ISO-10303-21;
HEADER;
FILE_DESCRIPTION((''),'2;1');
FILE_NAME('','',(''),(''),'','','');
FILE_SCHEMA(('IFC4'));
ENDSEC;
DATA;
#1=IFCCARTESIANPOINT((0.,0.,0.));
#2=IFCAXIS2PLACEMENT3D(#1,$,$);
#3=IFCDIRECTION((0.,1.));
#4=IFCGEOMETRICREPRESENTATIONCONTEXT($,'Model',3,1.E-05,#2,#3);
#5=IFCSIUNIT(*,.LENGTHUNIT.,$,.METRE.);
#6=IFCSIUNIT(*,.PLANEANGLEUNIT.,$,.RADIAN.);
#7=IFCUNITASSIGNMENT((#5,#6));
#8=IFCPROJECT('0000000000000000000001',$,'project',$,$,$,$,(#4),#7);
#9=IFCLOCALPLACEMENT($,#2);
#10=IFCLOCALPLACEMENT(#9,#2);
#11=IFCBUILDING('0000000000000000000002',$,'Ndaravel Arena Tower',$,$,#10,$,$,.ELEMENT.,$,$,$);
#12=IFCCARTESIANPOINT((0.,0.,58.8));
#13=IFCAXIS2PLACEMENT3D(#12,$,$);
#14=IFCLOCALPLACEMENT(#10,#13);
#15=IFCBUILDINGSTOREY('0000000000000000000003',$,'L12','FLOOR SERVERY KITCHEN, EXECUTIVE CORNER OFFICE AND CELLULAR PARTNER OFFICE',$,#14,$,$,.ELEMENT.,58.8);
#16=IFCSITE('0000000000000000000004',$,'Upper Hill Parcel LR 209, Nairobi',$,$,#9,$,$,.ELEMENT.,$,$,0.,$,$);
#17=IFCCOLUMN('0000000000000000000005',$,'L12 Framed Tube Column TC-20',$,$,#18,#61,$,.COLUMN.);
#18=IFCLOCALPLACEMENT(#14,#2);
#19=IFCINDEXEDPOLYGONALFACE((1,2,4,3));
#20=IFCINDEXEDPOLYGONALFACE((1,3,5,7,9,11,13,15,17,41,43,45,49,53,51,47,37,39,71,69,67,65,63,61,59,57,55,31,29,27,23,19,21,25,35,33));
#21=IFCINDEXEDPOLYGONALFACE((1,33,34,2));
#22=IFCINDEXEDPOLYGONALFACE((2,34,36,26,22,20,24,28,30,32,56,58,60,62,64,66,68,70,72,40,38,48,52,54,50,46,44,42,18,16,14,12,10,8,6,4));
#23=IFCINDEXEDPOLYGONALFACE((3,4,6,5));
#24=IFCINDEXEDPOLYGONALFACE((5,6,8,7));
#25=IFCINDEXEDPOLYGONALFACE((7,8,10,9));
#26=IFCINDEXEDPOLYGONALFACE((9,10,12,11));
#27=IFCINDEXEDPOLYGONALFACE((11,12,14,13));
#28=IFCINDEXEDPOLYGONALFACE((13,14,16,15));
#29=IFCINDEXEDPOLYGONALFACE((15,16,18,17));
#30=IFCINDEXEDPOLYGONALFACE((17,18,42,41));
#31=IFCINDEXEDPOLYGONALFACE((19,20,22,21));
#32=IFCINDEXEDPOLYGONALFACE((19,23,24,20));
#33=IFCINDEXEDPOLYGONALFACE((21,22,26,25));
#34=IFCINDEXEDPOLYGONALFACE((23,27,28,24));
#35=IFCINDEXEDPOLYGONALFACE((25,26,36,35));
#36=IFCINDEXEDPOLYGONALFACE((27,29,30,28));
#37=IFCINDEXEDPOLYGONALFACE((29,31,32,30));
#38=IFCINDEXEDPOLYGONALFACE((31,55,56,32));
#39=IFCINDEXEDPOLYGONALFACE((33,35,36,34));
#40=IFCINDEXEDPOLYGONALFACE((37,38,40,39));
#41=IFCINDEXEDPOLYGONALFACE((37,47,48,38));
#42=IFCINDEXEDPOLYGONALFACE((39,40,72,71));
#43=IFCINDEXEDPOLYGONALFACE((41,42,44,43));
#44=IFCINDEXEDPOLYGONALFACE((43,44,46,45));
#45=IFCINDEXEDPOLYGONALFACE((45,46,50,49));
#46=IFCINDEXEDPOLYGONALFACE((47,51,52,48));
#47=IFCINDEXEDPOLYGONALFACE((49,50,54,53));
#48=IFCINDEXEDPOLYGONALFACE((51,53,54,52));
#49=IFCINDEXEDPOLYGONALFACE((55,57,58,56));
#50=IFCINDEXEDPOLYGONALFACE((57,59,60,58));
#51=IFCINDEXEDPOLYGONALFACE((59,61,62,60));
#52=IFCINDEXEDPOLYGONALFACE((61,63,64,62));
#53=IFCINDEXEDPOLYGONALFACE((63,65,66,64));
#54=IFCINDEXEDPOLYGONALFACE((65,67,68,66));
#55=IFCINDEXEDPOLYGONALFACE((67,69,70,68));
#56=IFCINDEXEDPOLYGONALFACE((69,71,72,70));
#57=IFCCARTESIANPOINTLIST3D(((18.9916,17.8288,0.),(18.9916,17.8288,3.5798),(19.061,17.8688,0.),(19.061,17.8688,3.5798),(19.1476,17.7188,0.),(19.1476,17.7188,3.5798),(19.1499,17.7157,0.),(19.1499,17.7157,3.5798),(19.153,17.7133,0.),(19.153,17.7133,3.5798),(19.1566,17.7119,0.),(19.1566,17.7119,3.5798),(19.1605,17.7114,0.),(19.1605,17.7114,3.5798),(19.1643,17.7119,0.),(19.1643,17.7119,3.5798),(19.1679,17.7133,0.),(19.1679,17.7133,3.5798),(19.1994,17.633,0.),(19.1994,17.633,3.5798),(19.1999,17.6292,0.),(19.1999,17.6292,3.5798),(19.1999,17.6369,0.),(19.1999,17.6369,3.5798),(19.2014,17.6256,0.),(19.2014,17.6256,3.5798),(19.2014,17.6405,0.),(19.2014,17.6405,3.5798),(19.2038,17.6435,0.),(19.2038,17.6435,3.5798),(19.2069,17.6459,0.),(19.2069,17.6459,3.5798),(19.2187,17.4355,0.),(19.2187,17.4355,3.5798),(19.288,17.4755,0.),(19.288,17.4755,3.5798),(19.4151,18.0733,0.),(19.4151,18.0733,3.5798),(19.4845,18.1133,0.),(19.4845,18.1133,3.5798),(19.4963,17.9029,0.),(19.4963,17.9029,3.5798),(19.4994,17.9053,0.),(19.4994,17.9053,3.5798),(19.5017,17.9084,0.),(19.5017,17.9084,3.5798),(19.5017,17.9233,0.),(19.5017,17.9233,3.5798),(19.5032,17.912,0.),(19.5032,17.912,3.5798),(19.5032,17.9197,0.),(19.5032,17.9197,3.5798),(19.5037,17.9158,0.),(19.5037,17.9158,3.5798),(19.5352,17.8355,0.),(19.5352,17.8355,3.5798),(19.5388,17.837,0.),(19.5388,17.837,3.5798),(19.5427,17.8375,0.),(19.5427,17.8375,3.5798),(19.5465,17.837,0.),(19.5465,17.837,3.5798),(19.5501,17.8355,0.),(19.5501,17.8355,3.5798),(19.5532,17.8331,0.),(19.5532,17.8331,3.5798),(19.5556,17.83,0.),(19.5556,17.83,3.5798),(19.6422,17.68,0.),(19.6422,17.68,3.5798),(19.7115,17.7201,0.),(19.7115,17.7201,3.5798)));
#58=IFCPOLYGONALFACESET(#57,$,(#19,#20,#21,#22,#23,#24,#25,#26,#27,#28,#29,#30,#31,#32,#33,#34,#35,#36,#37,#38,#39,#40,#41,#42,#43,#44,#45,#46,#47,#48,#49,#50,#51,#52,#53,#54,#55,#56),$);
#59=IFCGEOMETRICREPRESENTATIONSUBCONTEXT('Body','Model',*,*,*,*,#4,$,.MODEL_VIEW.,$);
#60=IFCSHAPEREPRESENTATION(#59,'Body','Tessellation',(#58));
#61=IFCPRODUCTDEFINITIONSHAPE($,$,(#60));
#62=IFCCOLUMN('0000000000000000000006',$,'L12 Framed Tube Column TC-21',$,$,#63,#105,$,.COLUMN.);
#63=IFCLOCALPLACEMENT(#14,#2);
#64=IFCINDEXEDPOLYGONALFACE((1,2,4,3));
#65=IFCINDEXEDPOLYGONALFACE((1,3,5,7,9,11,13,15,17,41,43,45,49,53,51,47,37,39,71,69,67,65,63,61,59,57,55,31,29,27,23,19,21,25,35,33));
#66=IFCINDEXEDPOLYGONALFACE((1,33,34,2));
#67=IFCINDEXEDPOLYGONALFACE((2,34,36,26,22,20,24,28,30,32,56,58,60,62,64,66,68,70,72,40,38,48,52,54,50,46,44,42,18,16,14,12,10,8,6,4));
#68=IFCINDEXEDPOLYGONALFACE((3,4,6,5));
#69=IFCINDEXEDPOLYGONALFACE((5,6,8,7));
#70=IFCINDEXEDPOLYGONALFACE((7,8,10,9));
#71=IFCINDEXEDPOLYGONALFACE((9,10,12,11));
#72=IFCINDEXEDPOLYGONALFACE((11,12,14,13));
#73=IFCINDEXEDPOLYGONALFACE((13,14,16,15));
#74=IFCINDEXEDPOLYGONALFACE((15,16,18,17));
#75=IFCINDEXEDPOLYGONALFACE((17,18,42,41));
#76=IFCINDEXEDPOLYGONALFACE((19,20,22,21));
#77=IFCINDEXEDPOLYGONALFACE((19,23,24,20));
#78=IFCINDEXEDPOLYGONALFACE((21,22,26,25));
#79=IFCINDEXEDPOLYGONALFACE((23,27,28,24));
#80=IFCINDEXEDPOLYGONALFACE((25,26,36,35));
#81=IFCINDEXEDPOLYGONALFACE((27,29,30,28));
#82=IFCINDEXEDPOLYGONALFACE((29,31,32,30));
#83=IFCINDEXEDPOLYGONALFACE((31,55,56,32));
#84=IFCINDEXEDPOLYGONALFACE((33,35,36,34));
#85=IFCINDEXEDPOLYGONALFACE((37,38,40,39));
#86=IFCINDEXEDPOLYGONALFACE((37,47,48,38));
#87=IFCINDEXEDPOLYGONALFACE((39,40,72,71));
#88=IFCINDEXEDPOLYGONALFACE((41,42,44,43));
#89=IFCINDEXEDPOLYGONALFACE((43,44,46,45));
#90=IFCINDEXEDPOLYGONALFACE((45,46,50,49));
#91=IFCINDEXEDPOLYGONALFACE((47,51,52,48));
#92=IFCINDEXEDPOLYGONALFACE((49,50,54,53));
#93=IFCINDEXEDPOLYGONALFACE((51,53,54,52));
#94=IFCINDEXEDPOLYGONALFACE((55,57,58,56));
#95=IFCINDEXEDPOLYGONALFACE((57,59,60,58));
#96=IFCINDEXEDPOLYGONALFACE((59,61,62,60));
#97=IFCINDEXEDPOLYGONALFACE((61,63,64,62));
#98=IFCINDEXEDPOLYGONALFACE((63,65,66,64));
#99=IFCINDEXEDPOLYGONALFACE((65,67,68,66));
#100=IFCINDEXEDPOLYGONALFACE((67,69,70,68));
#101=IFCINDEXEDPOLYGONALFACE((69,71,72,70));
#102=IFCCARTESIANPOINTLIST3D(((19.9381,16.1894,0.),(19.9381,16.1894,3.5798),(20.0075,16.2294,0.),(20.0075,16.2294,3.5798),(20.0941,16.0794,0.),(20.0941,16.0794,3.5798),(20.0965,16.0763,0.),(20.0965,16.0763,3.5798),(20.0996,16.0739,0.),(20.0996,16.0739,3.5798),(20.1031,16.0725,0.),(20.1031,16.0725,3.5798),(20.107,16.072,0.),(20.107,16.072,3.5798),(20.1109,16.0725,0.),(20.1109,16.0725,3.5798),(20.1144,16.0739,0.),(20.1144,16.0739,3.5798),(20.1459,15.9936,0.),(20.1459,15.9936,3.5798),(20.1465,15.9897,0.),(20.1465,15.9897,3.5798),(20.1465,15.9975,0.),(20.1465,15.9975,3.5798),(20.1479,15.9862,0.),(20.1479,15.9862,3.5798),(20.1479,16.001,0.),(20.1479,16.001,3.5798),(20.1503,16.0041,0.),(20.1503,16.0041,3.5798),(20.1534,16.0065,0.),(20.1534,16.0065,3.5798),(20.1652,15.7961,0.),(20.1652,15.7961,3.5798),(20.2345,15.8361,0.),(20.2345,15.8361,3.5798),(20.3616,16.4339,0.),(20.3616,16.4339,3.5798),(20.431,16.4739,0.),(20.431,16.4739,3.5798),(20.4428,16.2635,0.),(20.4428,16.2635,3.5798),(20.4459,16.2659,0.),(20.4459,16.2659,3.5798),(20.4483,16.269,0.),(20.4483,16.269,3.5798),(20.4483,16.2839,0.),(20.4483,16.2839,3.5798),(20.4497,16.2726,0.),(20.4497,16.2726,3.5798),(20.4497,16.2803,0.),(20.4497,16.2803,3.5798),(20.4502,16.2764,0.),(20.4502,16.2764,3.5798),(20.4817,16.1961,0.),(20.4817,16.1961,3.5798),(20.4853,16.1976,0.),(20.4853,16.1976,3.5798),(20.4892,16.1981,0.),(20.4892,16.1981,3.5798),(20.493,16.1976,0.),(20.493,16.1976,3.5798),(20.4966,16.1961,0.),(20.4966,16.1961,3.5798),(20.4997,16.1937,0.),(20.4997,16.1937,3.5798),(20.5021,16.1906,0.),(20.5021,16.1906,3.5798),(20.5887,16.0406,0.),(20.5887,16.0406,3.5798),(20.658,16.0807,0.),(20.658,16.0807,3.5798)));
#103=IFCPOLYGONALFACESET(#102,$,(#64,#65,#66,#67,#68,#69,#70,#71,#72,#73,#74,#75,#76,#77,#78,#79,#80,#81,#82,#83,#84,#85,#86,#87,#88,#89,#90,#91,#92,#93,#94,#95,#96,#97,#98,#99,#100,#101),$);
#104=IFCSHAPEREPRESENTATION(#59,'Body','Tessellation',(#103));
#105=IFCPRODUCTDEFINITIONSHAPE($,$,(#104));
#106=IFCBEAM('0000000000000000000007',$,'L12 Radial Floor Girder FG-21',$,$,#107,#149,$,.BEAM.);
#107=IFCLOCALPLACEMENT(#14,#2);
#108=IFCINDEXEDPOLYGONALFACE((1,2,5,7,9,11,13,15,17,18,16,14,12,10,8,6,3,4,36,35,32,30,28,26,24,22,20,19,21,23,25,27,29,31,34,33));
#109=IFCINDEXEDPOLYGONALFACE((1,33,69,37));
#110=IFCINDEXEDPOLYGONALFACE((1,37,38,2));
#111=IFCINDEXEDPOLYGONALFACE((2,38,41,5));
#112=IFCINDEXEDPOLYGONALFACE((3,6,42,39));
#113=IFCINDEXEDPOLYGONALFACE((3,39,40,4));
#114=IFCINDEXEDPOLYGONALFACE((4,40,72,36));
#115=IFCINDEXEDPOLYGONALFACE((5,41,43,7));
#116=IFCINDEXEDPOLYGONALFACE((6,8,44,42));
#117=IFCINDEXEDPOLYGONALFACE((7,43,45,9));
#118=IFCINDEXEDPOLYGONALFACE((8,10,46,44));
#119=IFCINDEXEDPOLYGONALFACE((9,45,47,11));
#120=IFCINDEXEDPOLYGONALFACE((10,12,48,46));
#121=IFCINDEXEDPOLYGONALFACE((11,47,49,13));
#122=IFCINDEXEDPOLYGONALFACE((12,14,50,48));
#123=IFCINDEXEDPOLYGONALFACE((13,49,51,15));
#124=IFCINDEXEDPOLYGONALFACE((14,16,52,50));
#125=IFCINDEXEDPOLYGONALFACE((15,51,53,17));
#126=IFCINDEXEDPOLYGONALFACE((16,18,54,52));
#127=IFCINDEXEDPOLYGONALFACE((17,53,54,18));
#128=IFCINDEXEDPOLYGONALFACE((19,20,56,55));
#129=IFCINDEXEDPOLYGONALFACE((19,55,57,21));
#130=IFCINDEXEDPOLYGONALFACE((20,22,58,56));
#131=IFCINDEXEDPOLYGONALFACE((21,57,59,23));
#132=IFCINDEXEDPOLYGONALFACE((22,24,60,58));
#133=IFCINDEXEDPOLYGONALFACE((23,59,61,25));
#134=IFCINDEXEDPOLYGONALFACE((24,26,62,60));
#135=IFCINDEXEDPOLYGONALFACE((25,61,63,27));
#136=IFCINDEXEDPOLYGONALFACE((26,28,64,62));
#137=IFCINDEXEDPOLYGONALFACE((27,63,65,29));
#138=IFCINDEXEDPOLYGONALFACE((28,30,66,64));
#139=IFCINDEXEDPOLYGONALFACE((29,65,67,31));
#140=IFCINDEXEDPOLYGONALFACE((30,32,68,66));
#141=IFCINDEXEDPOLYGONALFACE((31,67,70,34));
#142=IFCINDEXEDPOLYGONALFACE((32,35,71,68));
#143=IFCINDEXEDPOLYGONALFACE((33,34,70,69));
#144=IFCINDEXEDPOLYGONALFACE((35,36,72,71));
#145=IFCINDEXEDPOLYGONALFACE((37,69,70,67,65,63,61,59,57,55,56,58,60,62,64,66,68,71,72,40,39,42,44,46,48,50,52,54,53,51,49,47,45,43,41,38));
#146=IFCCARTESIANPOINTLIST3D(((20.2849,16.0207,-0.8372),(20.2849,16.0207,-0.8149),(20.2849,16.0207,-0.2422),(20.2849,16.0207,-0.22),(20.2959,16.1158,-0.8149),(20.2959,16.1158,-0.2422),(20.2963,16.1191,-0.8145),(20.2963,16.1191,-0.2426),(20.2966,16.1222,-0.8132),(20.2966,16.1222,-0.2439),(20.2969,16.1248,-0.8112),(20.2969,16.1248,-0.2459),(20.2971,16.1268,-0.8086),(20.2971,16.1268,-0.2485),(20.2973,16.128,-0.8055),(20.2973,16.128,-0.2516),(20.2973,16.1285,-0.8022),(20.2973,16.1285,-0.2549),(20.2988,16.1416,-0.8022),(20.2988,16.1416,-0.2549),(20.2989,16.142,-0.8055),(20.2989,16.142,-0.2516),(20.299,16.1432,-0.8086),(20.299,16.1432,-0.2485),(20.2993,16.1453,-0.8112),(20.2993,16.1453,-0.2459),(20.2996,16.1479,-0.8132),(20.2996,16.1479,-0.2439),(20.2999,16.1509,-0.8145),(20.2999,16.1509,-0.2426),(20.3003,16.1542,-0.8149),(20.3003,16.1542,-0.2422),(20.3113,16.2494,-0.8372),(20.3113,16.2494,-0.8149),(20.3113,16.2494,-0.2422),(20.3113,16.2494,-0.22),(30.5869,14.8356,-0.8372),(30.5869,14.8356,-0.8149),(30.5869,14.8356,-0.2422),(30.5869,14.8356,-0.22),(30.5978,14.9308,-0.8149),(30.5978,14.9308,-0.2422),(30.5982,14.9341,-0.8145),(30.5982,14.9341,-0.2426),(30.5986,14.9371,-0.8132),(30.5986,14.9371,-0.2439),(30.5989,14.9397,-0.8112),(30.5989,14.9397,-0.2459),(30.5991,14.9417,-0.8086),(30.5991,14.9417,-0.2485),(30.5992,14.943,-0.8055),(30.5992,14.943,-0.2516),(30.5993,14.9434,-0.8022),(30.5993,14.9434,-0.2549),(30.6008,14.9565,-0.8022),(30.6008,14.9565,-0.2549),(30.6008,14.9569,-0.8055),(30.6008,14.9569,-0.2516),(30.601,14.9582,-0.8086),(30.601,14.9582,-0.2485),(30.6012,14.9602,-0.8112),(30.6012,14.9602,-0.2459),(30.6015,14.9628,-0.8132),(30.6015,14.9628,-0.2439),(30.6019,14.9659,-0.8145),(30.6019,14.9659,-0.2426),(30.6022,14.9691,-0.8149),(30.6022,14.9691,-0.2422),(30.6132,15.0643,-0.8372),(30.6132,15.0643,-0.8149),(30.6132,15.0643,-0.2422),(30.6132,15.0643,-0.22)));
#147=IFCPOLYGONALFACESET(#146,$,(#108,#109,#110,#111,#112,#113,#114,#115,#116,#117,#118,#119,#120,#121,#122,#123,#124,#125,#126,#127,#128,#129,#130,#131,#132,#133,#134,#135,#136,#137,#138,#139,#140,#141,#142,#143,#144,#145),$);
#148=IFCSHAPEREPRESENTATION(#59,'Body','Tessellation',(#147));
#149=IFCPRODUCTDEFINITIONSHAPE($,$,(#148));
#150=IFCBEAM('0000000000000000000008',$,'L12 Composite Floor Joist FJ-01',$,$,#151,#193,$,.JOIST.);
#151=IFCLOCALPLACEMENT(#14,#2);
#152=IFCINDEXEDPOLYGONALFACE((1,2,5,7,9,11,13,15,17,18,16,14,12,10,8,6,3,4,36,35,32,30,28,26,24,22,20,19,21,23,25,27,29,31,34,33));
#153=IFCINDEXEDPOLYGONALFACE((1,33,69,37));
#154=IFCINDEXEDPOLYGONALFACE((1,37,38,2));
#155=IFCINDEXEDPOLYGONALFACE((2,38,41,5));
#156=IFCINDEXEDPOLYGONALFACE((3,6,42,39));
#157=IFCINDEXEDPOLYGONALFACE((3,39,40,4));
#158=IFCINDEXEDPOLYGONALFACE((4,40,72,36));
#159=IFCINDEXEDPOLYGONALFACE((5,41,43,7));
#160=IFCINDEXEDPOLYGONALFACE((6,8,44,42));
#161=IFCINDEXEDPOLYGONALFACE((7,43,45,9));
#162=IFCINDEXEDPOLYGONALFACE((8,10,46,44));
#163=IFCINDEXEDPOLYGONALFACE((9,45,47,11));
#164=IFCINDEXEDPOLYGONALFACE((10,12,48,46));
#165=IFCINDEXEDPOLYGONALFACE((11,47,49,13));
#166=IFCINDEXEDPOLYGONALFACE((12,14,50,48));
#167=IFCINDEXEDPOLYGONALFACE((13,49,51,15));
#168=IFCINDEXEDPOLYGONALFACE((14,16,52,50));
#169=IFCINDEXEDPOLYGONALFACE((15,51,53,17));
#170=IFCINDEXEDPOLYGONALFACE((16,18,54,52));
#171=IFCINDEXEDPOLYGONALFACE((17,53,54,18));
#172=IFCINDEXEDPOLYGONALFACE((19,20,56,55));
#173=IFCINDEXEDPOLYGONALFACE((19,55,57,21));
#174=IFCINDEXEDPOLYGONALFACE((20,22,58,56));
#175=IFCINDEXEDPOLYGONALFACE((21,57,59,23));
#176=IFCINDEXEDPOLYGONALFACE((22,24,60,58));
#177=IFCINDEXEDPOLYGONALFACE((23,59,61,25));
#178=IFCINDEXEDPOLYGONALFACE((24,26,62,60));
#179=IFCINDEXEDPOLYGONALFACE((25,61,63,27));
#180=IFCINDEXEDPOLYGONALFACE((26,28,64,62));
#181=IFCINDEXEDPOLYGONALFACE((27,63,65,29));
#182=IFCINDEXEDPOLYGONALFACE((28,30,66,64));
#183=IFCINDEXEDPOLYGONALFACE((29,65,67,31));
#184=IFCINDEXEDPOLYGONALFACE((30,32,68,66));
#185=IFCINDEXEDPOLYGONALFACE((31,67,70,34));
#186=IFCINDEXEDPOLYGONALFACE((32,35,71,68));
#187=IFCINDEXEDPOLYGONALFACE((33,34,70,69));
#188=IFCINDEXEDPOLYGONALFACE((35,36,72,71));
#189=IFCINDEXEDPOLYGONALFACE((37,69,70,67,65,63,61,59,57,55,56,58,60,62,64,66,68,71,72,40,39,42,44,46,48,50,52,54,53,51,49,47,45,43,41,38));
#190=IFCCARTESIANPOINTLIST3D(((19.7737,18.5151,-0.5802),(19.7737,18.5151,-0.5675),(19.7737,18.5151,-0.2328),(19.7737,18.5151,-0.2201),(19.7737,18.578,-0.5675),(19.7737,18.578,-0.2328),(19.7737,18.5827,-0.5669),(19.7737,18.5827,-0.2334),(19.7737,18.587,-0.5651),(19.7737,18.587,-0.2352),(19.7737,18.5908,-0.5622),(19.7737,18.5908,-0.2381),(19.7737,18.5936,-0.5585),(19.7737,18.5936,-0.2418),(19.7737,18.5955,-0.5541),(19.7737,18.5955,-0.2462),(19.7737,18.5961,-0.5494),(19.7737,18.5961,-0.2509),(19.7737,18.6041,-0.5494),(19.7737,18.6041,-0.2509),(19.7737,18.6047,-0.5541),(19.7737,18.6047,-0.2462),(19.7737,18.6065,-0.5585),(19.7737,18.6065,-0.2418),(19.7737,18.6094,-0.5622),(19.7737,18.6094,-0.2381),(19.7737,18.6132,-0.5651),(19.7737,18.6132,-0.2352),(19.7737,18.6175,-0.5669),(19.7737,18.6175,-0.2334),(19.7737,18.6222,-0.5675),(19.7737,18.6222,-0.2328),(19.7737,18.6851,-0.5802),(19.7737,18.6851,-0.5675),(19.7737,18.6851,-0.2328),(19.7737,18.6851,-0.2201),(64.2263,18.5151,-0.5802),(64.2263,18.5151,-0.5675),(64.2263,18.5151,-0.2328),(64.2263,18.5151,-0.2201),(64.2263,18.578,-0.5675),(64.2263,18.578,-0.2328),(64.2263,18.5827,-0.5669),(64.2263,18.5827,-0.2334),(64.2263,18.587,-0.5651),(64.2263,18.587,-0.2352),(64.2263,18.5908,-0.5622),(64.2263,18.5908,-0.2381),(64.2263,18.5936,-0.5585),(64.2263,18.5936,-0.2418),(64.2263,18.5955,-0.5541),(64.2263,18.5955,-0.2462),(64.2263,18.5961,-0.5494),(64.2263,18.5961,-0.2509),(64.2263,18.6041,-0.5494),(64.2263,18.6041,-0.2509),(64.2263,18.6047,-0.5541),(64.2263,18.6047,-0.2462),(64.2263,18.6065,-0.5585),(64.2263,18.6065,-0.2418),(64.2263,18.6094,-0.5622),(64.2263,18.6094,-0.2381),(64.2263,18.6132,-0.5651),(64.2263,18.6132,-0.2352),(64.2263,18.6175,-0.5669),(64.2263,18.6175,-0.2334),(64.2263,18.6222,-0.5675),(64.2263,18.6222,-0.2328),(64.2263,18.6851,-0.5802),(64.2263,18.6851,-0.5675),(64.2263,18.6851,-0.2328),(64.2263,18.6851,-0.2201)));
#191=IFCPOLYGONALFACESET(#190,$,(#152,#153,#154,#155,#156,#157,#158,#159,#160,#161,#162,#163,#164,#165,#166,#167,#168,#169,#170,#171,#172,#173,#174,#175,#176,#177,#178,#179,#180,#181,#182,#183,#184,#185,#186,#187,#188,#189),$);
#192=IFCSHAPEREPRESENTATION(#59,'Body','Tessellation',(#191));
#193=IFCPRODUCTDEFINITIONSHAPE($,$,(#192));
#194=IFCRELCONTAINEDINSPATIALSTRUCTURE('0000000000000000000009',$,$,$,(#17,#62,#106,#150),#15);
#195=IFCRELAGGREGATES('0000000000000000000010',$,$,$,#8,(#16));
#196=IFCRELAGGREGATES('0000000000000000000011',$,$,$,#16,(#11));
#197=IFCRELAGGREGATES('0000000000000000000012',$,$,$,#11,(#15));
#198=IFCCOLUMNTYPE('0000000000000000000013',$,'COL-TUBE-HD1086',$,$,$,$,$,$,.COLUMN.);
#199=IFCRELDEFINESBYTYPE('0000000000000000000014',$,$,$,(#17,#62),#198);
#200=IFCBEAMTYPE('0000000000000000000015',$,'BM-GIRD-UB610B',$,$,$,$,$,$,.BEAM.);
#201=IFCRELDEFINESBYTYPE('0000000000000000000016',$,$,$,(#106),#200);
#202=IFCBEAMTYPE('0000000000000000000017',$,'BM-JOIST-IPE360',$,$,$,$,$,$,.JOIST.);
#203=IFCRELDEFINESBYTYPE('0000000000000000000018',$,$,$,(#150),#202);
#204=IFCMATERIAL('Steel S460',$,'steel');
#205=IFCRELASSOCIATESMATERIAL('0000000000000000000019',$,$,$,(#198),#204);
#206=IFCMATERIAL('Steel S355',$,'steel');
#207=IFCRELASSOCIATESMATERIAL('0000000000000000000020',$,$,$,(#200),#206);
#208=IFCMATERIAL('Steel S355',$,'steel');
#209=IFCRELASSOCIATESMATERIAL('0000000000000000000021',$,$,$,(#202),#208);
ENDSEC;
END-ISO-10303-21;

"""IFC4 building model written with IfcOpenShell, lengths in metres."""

from ifc_helpers import new_model, si_unit, direction, frame, origin, origin_2d, place, context, subcontext, project, spatial, i_section, extrude, material, material_profile, profile_set, type_object, element, save


model = new_model("IFC4")

# Units and contexts
model_context = context("Model", 3, precision=1e-05, world=origin(), true_north=direction((0.0, 1.0)))
body_context = subcontext(model_context, "Body", "Model", "MODEL_VIEW")
ifc_project = project(units=[si_unit("LENGTHUNIT", "METRE"), si_unit("PLANEANGLEUNIT", "RADIAN")], contexts=[model_context])

# Site, building, storey
site_placement = place(None, origin())
site = spatial("IfcSite", under=ifc_project, at=site_placement, Name="Upper Hill Parcel LR 209, Nairobi", CompositionType="ELEMENT", RefElevation=0.0)
building_placement = place(site_placement, origin())
building = spatial("IfcBuilding", under=site, at=building_placement, Name="Ndaravel Arena Tower", CompositionType="ELEMENT")
storey_placement = place(building_placement, frame((0.0, 0.0, 58.8)))
storey = spatial("IfcBuildingStorey", under=building, at=storey_placement, Name="L12", Description="FLOOR SERVERY KITCHEN, EXECUTIVE CORNER OFFICE AND CELLULAR PARTNER OFFICE", CompositionType="ELEMENT", Elevation=58.8)

# Columns
ifc_material_1 = material(Name="Steel S460", Category="steel")
ifc_material_profile_1 = material_profile(ifc_material_1, i_section(OverallWidth=0.4541, OverallDepth=0.5691, WebThickness=0.0779, FlangeThickness=0.0801, FilletRadius=0.0149, at=origin_2d()), Name="HD 400x1086")
ifc_profile_set_1 = profile_set([ifc_material_profile_1], Name="Steel S460")
column_type = type_object("IfcColumnType", Name="COL-TUBE-HD1086", PredefinedType="COLUMN", material=ifc_profile_set_1)
for number, where, z_axis, x_axis, name in (
    (1, (19.3516, 17.7744, 0.0), (0.0, 0.0, 1.0), (-0.5, 0.866025, 0.0), "L12 Framed Tube Column TC-20"),
    (2, (20.2981, 16.135, 0.0), (0.0, 0.0, 1.0), (-0.5, 0.866025, 0.0), "L12 Framed Tube Column TC-21"),
):
    element("IfcColumn", number, at=place(storey_placement, frame(where, z_axis=z_axis, x_axis=x_axis)), inside=storey, type_object=column_type, Name=name, PredefinedType="COLUMN", context=body_context, shape_type="SweptSolid", body=[
        extrude(i_section(OverallWidth=0.4541, OverallDepth=0.5691, WebThickness=0.0779, FlangeThickness=0.0801, FilletRadius=0.0149, at=origin_2d()), origin(), (0.0, 0.0, 1.0), 3.5798),
    ])

# Beams
ifc_material_2 = material(Name="Steel S355", Category="steel")
ifc_material_profile_2 = material_profile(ifc_material_2, i_section(OverallWidth=0.2302, OverallDepth=0.6172, WebThickness=0.0132, FlangeThickness=0.0222, FilletRadius=0.0127, at=origin_2d()), Name="UB 610x229x140")
ifc_profile_set_2 = profile_set([ifc_material_profile_2], Name="Steel S355")
beam_type_1 = type_object("IfcBeamType", Name="BM-GIRD-UB610B", PredefinedType="BEAM", material=ifc_profile_set_2)
beam_1_placement = place(storey_placement, frame((20.2981, 16.135, -0.5286), z_axis=(0.993449, -0.114278, 0.0), x_axis=(0.114278, 0.993449, 0.0)))
element("IfcBeam", 3, at=beam_1_placement, inside=storey, type_object=beam_type_1, Name="L12 Radial Floor Girder FG-21", PredefinedType="BEAM", context=body_context, shape_type="SweptSolid", body=[
    extrude(i_section(OverallWidth=0.2302, OverallDepth=0.6172, WebThickness=0.0132, FlangeThickness=0.0222, FilletRadius=0.0127, at=origin_2d()), origin(), (0.0, 0.0, 1.0), 10.3699),
])
ifc_material_3 = material(Name="Steel S355", Category="steel")
ifc_material_profile_3 = material_profile(ifc_material_3, i_section(OverallWidth=0.1699, OverallDepth=0.3601, WebThickness=0.0081, FlangeThickness=0.0127, FilletRadius=0.0181, at=origin_2d()), Name="IPE 360")
ifc_profile_set_3 = profile_set([ifc_material_profile_3], Name="Steel S355")
beam_type_2 = type_object("IfcBeamType", Name="BM-JOIST-IPE360", PredefinedType="JOIST", material=ifc_profile_set_3)
beam_2_placement = place(storey_placement, frame((19.7737, 18.6001, -0.4001), z_axis=(1.0, 0.0, 0.0), x_axis=(0.0, 1.0, 0.0)))
element("IfcBeam", 4, at=beam_2_placement, inside=storey, type_object=beam_type_2, Name="L12 Composite Floor Joist FJ-01", PredefinedType="JOIST", context=body_context, shape_type="SweptSolid", body=[
    extrude(i_section(OverallWidth=0.1699, OverallDepth=0.3601, WebThickness=0.0081, FlangeThickness=0.0127, FilletRadius=0.0181, at=origin_2d()), origin(), (0.0, 0.0, 1.0), 44.4526),
])

save(model, "model.ifc")
